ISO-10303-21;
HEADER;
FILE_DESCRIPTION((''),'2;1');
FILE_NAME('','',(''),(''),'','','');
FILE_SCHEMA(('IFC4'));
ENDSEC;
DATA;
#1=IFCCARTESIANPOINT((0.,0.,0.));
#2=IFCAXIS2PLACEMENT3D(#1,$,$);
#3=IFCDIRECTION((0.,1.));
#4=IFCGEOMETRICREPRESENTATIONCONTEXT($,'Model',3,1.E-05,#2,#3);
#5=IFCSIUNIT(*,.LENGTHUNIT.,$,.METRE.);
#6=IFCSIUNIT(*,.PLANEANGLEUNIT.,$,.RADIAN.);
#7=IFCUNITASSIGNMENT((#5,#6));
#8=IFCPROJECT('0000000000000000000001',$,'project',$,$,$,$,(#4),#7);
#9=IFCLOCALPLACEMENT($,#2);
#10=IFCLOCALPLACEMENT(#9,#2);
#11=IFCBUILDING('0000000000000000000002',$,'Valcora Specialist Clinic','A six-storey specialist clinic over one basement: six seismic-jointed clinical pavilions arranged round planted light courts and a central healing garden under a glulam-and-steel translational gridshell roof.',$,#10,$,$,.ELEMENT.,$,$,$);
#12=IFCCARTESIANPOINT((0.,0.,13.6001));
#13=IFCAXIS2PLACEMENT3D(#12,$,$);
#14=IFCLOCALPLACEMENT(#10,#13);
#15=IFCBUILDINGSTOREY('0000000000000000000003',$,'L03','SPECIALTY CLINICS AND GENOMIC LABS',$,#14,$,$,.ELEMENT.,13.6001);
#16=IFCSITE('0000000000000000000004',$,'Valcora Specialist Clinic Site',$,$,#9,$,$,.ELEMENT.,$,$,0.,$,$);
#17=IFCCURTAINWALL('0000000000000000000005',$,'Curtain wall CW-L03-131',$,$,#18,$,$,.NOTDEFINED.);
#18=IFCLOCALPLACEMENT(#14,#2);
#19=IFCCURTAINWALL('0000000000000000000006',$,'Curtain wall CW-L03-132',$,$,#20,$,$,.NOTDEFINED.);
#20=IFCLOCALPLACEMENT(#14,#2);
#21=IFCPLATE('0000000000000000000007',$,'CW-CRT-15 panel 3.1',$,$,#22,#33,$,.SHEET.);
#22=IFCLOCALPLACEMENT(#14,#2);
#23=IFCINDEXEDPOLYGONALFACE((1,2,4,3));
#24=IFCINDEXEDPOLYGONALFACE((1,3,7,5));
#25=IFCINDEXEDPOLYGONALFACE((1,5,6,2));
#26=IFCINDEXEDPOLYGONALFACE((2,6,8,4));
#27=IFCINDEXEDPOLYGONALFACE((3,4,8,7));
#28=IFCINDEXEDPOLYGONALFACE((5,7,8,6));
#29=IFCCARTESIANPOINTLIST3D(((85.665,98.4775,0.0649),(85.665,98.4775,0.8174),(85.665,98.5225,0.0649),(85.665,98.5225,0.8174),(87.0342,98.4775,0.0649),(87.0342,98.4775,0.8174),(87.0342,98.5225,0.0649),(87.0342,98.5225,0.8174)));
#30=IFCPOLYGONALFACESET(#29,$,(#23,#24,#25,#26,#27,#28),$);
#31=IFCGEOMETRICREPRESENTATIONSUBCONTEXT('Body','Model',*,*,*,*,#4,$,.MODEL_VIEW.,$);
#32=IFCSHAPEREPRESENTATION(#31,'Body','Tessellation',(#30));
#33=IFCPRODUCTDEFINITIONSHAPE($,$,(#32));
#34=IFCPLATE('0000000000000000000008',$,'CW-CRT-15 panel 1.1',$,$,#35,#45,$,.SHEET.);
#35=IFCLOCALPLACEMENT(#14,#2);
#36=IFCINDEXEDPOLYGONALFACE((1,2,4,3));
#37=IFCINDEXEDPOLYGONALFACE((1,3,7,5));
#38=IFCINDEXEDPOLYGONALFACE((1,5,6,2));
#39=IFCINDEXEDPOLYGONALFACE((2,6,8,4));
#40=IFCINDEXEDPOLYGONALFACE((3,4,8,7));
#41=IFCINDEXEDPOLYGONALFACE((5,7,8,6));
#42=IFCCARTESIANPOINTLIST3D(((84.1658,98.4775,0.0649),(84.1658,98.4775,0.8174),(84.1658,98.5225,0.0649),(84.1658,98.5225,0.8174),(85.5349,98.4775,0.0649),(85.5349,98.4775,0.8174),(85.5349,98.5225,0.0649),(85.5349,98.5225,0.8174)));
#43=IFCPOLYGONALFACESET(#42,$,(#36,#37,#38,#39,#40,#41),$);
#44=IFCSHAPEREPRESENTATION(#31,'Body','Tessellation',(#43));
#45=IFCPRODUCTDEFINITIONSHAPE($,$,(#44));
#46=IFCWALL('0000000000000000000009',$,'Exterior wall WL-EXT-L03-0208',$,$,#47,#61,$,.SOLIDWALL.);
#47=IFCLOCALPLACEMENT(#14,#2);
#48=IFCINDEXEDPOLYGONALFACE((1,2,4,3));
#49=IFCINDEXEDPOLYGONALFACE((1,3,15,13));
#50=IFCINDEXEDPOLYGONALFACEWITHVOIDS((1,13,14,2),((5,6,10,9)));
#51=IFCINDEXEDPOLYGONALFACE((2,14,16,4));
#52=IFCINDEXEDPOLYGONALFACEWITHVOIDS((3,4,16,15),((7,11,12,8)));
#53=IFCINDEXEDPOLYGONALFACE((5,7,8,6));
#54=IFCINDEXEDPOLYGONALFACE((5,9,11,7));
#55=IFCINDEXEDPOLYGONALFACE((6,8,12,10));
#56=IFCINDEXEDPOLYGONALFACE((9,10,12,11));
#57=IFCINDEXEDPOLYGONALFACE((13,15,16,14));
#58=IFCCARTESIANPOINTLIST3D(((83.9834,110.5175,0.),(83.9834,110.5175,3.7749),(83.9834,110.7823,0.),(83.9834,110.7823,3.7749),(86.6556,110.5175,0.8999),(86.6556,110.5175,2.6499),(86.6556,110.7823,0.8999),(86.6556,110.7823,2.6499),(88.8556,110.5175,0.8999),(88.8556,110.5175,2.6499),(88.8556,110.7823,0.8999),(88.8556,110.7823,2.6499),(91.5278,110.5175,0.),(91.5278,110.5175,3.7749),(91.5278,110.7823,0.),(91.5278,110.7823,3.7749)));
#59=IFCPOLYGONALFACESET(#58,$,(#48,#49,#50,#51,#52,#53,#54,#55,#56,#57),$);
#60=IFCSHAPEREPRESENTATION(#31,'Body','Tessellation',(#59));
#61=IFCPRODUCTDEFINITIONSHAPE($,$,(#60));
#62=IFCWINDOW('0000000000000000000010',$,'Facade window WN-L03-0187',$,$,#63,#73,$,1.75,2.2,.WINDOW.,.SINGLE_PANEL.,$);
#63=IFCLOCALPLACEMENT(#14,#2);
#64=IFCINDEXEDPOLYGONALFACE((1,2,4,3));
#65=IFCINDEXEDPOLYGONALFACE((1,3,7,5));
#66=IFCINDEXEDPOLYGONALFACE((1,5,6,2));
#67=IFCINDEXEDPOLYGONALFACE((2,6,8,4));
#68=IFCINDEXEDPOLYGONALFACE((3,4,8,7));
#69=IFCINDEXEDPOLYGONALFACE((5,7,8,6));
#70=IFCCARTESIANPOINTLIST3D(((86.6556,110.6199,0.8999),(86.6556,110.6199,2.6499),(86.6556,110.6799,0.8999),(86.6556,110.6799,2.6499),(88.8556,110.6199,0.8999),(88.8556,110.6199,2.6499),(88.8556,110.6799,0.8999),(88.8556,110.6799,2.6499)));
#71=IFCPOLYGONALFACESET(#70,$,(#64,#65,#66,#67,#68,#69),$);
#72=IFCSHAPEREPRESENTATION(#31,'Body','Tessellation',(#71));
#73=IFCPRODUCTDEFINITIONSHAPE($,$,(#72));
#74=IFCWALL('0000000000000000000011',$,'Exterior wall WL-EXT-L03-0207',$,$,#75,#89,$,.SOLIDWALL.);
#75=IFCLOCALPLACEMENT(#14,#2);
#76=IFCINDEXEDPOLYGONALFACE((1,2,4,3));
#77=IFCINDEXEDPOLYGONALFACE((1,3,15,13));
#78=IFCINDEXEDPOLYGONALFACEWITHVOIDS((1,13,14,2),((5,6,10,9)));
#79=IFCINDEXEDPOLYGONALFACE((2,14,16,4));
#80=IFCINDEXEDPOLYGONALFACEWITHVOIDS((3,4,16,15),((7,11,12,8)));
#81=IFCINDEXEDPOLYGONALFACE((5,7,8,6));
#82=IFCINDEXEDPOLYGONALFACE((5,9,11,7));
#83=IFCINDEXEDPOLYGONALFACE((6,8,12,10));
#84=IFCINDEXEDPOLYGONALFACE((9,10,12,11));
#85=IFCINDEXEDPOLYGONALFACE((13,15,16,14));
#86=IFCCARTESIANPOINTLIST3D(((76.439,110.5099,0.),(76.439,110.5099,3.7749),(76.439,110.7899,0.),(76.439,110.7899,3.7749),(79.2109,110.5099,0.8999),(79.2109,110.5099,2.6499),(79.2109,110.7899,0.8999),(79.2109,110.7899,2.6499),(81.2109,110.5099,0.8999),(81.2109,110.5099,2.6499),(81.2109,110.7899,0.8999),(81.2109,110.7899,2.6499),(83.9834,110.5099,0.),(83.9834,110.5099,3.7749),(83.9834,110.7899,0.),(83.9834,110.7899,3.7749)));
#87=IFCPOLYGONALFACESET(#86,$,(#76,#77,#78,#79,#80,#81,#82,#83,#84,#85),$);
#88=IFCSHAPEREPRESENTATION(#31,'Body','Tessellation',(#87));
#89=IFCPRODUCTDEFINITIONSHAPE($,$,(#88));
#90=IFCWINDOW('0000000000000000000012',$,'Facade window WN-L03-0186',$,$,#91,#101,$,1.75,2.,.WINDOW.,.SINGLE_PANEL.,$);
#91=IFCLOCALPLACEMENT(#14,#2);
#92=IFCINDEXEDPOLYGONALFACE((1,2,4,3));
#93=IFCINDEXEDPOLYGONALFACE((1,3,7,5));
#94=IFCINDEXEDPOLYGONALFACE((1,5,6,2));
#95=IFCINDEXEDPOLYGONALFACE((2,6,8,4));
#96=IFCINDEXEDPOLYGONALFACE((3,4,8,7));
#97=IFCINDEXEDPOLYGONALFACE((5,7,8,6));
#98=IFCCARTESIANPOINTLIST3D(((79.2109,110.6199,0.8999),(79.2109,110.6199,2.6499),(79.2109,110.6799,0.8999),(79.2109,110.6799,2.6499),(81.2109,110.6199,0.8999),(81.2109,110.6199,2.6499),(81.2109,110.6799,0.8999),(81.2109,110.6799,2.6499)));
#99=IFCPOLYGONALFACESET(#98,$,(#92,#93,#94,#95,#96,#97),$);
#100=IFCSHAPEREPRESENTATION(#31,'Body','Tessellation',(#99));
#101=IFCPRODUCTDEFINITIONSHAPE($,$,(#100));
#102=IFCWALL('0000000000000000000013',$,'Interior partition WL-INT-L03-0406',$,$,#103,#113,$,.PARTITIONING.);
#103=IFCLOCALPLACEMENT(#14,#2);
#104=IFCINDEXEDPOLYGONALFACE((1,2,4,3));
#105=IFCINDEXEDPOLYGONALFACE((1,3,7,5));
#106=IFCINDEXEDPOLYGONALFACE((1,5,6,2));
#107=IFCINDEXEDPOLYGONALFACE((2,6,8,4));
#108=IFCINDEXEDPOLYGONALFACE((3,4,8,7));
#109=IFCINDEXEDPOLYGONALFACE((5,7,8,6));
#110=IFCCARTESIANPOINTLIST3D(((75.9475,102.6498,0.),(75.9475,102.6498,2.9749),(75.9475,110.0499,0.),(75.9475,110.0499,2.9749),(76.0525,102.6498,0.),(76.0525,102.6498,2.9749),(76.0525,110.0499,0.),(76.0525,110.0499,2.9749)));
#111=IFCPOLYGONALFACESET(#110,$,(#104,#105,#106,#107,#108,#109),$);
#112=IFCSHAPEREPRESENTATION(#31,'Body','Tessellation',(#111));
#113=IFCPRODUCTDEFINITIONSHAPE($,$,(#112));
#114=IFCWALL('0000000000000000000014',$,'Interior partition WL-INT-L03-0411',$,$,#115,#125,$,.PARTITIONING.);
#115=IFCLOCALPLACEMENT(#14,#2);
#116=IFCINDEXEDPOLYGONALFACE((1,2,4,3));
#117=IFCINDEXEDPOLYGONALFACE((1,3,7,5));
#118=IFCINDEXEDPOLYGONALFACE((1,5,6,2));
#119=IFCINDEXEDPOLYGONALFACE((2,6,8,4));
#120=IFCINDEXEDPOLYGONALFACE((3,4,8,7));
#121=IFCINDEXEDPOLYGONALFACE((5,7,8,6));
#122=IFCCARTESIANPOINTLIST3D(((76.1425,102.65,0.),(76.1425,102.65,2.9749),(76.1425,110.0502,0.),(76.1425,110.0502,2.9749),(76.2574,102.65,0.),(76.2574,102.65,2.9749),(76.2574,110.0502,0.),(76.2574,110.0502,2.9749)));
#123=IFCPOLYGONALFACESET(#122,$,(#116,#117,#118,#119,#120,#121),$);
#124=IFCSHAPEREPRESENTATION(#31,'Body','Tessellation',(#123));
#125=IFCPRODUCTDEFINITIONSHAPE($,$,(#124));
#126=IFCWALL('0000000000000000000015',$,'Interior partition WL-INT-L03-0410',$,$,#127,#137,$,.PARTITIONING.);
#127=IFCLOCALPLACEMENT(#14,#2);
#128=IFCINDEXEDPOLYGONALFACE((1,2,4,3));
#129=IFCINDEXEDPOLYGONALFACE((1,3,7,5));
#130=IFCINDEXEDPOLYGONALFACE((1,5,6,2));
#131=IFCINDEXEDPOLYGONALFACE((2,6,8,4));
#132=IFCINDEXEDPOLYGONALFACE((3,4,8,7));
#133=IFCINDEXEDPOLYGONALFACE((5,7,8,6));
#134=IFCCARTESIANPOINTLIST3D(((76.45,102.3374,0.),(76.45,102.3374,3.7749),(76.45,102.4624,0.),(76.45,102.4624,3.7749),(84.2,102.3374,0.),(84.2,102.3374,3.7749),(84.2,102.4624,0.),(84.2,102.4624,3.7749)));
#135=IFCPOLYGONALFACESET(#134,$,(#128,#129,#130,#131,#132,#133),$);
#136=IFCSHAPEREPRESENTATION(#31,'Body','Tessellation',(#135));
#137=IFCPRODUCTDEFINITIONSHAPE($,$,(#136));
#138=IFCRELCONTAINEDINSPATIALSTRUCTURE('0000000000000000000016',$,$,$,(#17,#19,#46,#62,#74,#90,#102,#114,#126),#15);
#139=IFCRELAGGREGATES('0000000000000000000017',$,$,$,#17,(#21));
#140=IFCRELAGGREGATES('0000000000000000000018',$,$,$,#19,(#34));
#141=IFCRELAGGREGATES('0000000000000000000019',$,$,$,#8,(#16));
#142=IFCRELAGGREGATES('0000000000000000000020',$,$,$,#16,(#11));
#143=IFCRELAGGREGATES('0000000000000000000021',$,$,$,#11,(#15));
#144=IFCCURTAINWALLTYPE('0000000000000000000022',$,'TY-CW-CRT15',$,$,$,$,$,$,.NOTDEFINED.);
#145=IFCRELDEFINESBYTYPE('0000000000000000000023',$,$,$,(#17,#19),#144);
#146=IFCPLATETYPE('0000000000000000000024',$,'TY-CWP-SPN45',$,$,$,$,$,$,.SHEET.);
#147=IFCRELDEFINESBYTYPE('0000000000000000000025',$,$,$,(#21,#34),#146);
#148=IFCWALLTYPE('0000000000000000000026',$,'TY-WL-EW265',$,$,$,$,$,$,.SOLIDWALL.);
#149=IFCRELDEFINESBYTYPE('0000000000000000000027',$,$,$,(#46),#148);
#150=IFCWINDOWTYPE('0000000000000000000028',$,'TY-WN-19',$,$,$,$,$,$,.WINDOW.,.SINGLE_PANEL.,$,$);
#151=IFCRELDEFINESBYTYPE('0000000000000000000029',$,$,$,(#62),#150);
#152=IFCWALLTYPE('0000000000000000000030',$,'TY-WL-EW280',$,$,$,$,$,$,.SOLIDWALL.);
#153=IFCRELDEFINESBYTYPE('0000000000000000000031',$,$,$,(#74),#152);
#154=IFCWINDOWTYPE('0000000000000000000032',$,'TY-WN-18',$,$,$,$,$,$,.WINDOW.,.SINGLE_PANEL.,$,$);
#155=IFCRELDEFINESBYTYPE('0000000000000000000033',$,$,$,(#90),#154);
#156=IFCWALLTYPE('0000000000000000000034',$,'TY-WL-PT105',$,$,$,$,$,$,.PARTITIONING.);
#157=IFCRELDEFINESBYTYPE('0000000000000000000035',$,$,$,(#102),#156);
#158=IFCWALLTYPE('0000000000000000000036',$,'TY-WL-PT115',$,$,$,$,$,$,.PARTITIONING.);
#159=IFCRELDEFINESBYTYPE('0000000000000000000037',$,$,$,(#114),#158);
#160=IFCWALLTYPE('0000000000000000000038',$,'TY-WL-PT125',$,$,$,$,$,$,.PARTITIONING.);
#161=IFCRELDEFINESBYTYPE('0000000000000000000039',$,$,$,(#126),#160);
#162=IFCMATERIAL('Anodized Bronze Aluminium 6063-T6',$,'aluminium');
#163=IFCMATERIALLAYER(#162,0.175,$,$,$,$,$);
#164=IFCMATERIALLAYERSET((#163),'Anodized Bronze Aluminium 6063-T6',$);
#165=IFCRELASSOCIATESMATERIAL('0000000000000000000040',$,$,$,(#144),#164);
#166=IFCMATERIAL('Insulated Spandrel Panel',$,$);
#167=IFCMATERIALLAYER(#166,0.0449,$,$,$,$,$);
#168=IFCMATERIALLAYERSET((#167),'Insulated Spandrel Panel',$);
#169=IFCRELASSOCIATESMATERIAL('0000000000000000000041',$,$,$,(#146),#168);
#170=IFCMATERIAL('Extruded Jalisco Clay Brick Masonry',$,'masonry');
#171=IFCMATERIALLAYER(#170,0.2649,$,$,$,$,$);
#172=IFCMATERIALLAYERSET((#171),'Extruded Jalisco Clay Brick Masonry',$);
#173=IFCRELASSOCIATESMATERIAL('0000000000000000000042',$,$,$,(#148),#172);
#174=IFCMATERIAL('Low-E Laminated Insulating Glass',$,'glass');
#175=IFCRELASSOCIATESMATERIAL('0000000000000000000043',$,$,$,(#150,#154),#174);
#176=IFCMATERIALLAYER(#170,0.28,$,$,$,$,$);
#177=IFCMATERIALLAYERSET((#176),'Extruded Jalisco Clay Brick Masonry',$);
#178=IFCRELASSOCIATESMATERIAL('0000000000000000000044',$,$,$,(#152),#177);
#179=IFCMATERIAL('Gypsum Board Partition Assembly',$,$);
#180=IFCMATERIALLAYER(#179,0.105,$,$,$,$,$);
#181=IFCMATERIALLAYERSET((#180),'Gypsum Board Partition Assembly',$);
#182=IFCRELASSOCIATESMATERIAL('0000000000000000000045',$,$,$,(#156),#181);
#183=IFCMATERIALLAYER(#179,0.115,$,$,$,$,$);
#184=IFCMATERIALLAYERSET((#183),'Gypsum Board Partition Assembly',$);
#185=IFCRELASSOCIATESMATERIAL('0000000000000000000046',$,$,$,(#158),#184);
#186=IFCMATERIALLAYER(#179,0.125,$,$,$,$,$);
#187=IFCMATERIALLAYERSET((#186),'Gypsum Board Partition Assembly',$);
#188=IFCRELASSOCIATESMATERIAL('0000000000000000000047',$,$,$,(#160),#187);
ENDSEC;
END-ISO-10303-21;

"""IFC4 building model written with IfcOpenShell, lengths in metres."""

from ifc_helpers import new_model, si_unit, direction, frame, frame_2d, origin, origin_2d, place, context, subcontext, project, spatial, rectangle, extrude, material, layer, layer_set, type_object, element, fill, aggregate, save


model = new_model("IFC4")

# Units and contexts
model_context = context("Model", 3, precision=1e-05, world=origin(), true_north=direction((0.0, 1.0)))
body_context = subcontext(model_context, "Body", "Model", "MODEL_VIEW")
ifc_project = project(units=[si_unit("LENGTHUNIT", "METRE"), si_unit("PLANEANGLEUNIT", "RADIAN")], contexts=[model_context])

# Site, building, storey
site_placement = place(None, origin())
site = spatial("IfcSite", under=ifc_project, at=site_placement, Name="Valcora Specialist Clinic Site", CompositionType="ELEMENT", RefElevation=0.0)
building_placement = place(site_placement, origin())
building = spatial("IfcBuilding", under=site, at=building_placement, Name="Valcora Specialist Clinic", Description="A six-storey specialist clinic over one basement: six seismic-jointed clinical pavilions arranged round planted light courts and a central healing garden under a glulam-and-steel translational gridshell roof.", CompositionType="ELEMENT")
storey_placement = place(building_placement, frame((0.0, 0.0, 13.6001)))
storey = spatial("IfcBuildingStorey", under=building, at=storey_placement, Name="L03", Description="SPECIALTY CLINICS AND GENOMIC LABS", CompositionType="ELEMENT", Elevation=13.6001)

# Curtain walls
ifc_material_1 = material(Name="Anodized Bronze Aluminium 6063-T6", Category="aluminium")
ifc_layer_1 = layer(ifc_material_1, 0.175)
ifc_layer_set_1 = layer_set([ifc_layer_1], Name="Anodized Bronze Aluminium 6063-T6")
curtain_wall_type = type_object("IfcCurtainWallType", Name="TY-CW-CRT15", PredefinedType="NOTDEFINED", material=ifc_layer_set_1)
curtain_wall_1_placement = place(storey_placement, origin())
curtain_wall_1 = element("IfcCurtainWall", 1, at=curtain_wall_1_placement, inside=storey, type_object=curtain_wall_type, Name="Curtain wall CW-L03-131", PredefinedType="NOTDEFINED")
curtain_wall_2_placement = place(storey_placement, origin())
curtain_wall_2 = element("IfcCurtainWall", 2, at=curtain_wall_2_placement, inside=storey, type_object=curtain_wall_type, Name="Curtain wall CW-L03-132", PredefinedType="NOTDEFINED")

# Plates
ifc_material_2 = material(Name="Low-E Laminated Insulating Glass", Category="glass")
ifc_material_3 = material(Name="Insulated Spandrel Panel")
ifc_layer_2 = layer(ifc_material_3, 0.0449)
ifc_layer_set_2 = layer_set([ifc_layer_2], Name="Insulated Spandrel Panel")
plate_type_1 = type_object("IfcPlateType", Name="TY-CWP-SPN45", PredefinedType="SHEET", material=ifc_layer_set_2)
plate_1_placement = place(storey_placement, frame((86.3496, 98.5, 0.0649), z_axis=(0.0, 0.0, 1.0), x_axis=(-1.0, 0.0, 0.0)))
plate_1 = element("IfcPlate", 3, at=plate_1_placement, type_object=plate_type_1, Name="CW-CRT-15 panel 3.1", PredefinedType="SHEET", context=body_context, shape_type="SweptSolid", body=[
    extrude(rectangle(XDim=1.3691, YDim=0.0449, at=origin_2d()), origin(), (0.0, 0.0, 1.0), 0.7524),
])
aggregate(curtain_wall_1, [plate_1])
plate_2_placement = place(storey_placement, frame((84.8503, 98.5, 0.0649), z_axis=(0.0, 0.0, 1.0), x_axis=(-1.0, 0.0, 0.0)))
plate_2 = element("IfcPlate", 4, at=plate_2_placement, type_object=plate_type_1, Name="CW-CRT-15 panel 1.1", PredefinedType="SHEET", context=body_context, shape_type="SweptSolid", body=[
    extrude(rectangle(XDim=1.3691, YDim=0.0449, at=origin_2d()), origin(), (0.0, 0.0, 1.0), 0.7524),
])
aggregate(curtain_wall_2, [plate_2])

# Walls, openings, windows
ifc_material_4 = material(Name="Extruded Jalisco Clay Brick Masonry", Category="masonry")
ifc_layer_3 = layer(ifc_material_4, 0.2649)
ifc_layer_set_3 = layer_set([ifc_layer_3], Name="Extruded Jalisco Clay Brick Masonry")
wall_type_1 = type_object("IfcWallType", Name="TY-WL-EW265", PredefinedType="SOLIDWALL", material=ifc_layer_set_3)
wall_1_placement = place(storey_placement, frame((83.9834, 110.6499, 0.0), z_axis=(0.0, 0.0, 1.0), x_axis=(1.0, 0.0, 0.0)))
wall_1 = element("IfcWall", 5, at=wall_1_placement, inside=storey, type_object=wall_type_1, Name="Exterior wall WL-EXT-L03-0208", PredefinedType="SOLIDWALL", context=body_context, shape_type="SweptSolid", body=[
    extrude(rectangle(XDim=7.5444, YDim=0.2649, at=frame_2d((3.7722, 0.0))), origin(), (0.0, 0.0, 1.0), 3.7749),
])
opening_1_placement = place(wall_1_placement, frame((2.6721, 0.0, 0.8999)))
opening_1 = element("IfcOpeningElement", 6, at=opening_1_placement, cuts=wall_1, PredefinedType="OPENING", context=body_context, shape_type="SweptSolid", body=[
    extrude(rectangle(XDim=2.2, YDim=1.75, at=frame_2d((1.1001, 0.875))), frame((0.0, 0.1423, 0.0), z_axis=(0.0, -1.0, 0.0), x_axis=(1.0, 0.0, 0.0)), (0.0, 0.0, 1.0), 0.2849),
])
window_type_1 = type_object("IfcWindowType", Name="TY-WN-19", PartitioningType="SINGLE_PANEL", PredefinedType="WINDOW", material=ifc_material_2)
window_1_placement = place(opening_1_placement, origin())
window_1 = element("IfcWindow", 7, at=window_1_placement, inside=storey, type_object=window_type_1, Name="Facade window WN-L03-0187", OverallHeight=1.75, OverallWidth=2.2, PartitioningType="SINGLE_PANEL", PredefinedType="WINDOW", context=body_context, shape_type="SweptSolid", body=[
    extrude(rectangle(XDim=2.2, YDim=1.75, at=frame_2d((1.1001, 0.875))), frame((0.0, 0.03, 0.0), z_axis=(0.0, -1.0, 0.0), x_axis=(1.0, 0.0, 0.0)), (0.0, 0.0, 1.0), 0.0601),
])
fill(opening_1, window_1)
ifc_layer_4 = layer(ifc_material_4, 0.28)
ifc_layer_set_4 = layer_set([ifc_layer_4], Name="Extruded Jalisco Clay Brick Masonry")
wall_type_2 = type_object("IfcWallType", Name="TY-WL-EW280", PredefinedType="SOLIDWALL", material=ifc_layer_set_4)
wall_2_placement = place(storey_placement, frame((76.439, 110.6499, 0.0), z_axis=(0.0, 0.0, 1.0), x_axis=(1.0, 0.0, 0.0)))
wall_2 = element("IfcWall", 8, at=wall_2_placement, inside=storey, type_object=wall_type_2, Name="Exterior wall WL-EXT-L03-0207", PredefinedType="SOLIDWALL", context=body_context, shape_type="SweptSolid", body=[
    extrude(rectangle(XDim=7.5444, YDim=0.28, at=frame_2d((3.7722, 0.0))), origin(), (0.0, 0.0, 1.0), 3.7749),
])
opening_2_placement = place(wall_2_placement, frame((2.772, 0.0, 0.8999)))
opening_2 = element("IfcOpeningElement", 9, at=opening_2_placement, cuts=wall_2, PredefinedType="OPENING", context=body_context, shape_type="SweptSolid", body=[
    extrude(rectangle(XDim=2.0, YDim=1.75, at=frame_2d((1.0, 0.875))), frame((0.0, 0.1499, 0.0), z_axis=(0.0, -1.0, 0.0), x_axis=(1.0, 0.0, 0.0)), (0.0, 0.0, 1.0), 0.3),
])
window_type_2 = type_object("IfcWindowType", Name="TY-WN-18", PartitioningType="SINGLE_PANEL", PredefinedType="WINDOW", material=ifc_material_2)
window_2_placement = place(opening_2_placement, origin())
window_2 = element("IfcWindow", 10, at=window_2_placement, inside=storey, type_object=window_type_2, Name="Facade window WN-L03-0186", OverallHeight=1.75, OverallWidth=2.0, PartitioningType="SINGLE_PANEL", PredefinedType="WINDOW", context=body_context, shape_type="SweptSolid", body=[
    extrude(rectangle(XDim=2.0, YDim=1.75, at=frame_2d((1.0, 0.875))), frame((0.0, 0.03, 0.0), z_axis=(0.0, -1.0, 0.0), x_axis=(1.0, 0.0, 0.0)), (0.0, 0.0, 1.0), 0.0601),
])
fill(opening_2, window_2)

# Walls
ifc_material_5 = material(Name="Gypsum Board Partition Assembly")
ifc_layer_5 = layer(ifc_material_5, 0.105)
ifc_layer_set_5 = layer_set([ifc_layer_5], Name="Gypsum Board Partition Assembly")
wall_type_3 = type_object("IfcWallType", Name="TY-WL-PT105", PredefinedType="PARTITIONING", material=ifc_layer_set_5)
wall_3_placement = place(storey_placement, frame((76.0, 110.05, 0.0), z_axis=(0.0, 0.0, 1.0), x_axis=(0.0, -1.0, 0.0)))
element("IfcWall", 11, at=wall_3_placement, inside=storey, type_object=wall_type_3, Name="Interior partition WL-INT-L03-0406", PredefinedType="PARTITIONING", context=body_context, shape_type="SweptSolid", body=[
    extrude(rectangle(XDim=7.4001, YDim=0.105, at=frame_2d((3.7002, 0.0))), origin(), (0.0, 0.0, 1.0), 2.9749),
])
ifc_layer_6 = layer(ifc_material_5, 0.115)
ifc_layer_set_6 = layer_set([ifc_layer_6], Name="Gypsum Board Partition Assembly")
wall_type_4 = type_object("IfcWallType", Name="TY-WL-PT115", PredefinedType="PARTITIONING", material=ifc_layer_set_6)
wall_4_placement = place(storey_placement, frame((76.2, 102.6499, 0.0), z_axis=(0.0, 0.0, 1.0), x_axis=(0.0, 1.0, 0.0)))
element("IfcWall", 12, at=wall_4_placement, inside=storey, type_object=wall_type_4, Name="Interior partition WL-INT-L03-0411", PredefinedType="PARTITIONING", context=body_context, shape_type="SweptSolid", body=[
    extrude(rectangle(XDim=7.4001, YDim=0.115, at=frame_2d((3.7002, 0.0))), origin(), (0.0, 0.0, 1.0), 2.9749),
])
ifc_layer_7 = layer(ifc_material_5, 0.125)
ifc_layer_set_7 = layer_set([ifc_layer_7], Name="Gypsum Board Partition Assembly")
wall_type_5 = type_object("IfcWallType", Name="TY-WL-PT125", PredefinedType="PARTITIONING", material=ifc_layer_set_7)
wall_5_placement = place(storey_placement, frame((84.2, 102.3999, 0.0), z_axis=(0.0, 0.0, 1.0), x_axis=(-1.0, 0.0, 0.0)))
element("IfcWall", 13, at=wall_5_placement, inside=storey, type_object=wall_type_5, Name="Interior partition WL-INT-L03-0410", PredefinedType="PARTITIONING", context=body_context, shape_type="SweptSolid", body=[
    extrude(rectangle(XDim=7.75, YDim=0.125, at=frame_2d((3.875, 0.0))), origin(), (0.0, 0.0, 1.0), 3.7749),
])

save(model, "model.ifc")
